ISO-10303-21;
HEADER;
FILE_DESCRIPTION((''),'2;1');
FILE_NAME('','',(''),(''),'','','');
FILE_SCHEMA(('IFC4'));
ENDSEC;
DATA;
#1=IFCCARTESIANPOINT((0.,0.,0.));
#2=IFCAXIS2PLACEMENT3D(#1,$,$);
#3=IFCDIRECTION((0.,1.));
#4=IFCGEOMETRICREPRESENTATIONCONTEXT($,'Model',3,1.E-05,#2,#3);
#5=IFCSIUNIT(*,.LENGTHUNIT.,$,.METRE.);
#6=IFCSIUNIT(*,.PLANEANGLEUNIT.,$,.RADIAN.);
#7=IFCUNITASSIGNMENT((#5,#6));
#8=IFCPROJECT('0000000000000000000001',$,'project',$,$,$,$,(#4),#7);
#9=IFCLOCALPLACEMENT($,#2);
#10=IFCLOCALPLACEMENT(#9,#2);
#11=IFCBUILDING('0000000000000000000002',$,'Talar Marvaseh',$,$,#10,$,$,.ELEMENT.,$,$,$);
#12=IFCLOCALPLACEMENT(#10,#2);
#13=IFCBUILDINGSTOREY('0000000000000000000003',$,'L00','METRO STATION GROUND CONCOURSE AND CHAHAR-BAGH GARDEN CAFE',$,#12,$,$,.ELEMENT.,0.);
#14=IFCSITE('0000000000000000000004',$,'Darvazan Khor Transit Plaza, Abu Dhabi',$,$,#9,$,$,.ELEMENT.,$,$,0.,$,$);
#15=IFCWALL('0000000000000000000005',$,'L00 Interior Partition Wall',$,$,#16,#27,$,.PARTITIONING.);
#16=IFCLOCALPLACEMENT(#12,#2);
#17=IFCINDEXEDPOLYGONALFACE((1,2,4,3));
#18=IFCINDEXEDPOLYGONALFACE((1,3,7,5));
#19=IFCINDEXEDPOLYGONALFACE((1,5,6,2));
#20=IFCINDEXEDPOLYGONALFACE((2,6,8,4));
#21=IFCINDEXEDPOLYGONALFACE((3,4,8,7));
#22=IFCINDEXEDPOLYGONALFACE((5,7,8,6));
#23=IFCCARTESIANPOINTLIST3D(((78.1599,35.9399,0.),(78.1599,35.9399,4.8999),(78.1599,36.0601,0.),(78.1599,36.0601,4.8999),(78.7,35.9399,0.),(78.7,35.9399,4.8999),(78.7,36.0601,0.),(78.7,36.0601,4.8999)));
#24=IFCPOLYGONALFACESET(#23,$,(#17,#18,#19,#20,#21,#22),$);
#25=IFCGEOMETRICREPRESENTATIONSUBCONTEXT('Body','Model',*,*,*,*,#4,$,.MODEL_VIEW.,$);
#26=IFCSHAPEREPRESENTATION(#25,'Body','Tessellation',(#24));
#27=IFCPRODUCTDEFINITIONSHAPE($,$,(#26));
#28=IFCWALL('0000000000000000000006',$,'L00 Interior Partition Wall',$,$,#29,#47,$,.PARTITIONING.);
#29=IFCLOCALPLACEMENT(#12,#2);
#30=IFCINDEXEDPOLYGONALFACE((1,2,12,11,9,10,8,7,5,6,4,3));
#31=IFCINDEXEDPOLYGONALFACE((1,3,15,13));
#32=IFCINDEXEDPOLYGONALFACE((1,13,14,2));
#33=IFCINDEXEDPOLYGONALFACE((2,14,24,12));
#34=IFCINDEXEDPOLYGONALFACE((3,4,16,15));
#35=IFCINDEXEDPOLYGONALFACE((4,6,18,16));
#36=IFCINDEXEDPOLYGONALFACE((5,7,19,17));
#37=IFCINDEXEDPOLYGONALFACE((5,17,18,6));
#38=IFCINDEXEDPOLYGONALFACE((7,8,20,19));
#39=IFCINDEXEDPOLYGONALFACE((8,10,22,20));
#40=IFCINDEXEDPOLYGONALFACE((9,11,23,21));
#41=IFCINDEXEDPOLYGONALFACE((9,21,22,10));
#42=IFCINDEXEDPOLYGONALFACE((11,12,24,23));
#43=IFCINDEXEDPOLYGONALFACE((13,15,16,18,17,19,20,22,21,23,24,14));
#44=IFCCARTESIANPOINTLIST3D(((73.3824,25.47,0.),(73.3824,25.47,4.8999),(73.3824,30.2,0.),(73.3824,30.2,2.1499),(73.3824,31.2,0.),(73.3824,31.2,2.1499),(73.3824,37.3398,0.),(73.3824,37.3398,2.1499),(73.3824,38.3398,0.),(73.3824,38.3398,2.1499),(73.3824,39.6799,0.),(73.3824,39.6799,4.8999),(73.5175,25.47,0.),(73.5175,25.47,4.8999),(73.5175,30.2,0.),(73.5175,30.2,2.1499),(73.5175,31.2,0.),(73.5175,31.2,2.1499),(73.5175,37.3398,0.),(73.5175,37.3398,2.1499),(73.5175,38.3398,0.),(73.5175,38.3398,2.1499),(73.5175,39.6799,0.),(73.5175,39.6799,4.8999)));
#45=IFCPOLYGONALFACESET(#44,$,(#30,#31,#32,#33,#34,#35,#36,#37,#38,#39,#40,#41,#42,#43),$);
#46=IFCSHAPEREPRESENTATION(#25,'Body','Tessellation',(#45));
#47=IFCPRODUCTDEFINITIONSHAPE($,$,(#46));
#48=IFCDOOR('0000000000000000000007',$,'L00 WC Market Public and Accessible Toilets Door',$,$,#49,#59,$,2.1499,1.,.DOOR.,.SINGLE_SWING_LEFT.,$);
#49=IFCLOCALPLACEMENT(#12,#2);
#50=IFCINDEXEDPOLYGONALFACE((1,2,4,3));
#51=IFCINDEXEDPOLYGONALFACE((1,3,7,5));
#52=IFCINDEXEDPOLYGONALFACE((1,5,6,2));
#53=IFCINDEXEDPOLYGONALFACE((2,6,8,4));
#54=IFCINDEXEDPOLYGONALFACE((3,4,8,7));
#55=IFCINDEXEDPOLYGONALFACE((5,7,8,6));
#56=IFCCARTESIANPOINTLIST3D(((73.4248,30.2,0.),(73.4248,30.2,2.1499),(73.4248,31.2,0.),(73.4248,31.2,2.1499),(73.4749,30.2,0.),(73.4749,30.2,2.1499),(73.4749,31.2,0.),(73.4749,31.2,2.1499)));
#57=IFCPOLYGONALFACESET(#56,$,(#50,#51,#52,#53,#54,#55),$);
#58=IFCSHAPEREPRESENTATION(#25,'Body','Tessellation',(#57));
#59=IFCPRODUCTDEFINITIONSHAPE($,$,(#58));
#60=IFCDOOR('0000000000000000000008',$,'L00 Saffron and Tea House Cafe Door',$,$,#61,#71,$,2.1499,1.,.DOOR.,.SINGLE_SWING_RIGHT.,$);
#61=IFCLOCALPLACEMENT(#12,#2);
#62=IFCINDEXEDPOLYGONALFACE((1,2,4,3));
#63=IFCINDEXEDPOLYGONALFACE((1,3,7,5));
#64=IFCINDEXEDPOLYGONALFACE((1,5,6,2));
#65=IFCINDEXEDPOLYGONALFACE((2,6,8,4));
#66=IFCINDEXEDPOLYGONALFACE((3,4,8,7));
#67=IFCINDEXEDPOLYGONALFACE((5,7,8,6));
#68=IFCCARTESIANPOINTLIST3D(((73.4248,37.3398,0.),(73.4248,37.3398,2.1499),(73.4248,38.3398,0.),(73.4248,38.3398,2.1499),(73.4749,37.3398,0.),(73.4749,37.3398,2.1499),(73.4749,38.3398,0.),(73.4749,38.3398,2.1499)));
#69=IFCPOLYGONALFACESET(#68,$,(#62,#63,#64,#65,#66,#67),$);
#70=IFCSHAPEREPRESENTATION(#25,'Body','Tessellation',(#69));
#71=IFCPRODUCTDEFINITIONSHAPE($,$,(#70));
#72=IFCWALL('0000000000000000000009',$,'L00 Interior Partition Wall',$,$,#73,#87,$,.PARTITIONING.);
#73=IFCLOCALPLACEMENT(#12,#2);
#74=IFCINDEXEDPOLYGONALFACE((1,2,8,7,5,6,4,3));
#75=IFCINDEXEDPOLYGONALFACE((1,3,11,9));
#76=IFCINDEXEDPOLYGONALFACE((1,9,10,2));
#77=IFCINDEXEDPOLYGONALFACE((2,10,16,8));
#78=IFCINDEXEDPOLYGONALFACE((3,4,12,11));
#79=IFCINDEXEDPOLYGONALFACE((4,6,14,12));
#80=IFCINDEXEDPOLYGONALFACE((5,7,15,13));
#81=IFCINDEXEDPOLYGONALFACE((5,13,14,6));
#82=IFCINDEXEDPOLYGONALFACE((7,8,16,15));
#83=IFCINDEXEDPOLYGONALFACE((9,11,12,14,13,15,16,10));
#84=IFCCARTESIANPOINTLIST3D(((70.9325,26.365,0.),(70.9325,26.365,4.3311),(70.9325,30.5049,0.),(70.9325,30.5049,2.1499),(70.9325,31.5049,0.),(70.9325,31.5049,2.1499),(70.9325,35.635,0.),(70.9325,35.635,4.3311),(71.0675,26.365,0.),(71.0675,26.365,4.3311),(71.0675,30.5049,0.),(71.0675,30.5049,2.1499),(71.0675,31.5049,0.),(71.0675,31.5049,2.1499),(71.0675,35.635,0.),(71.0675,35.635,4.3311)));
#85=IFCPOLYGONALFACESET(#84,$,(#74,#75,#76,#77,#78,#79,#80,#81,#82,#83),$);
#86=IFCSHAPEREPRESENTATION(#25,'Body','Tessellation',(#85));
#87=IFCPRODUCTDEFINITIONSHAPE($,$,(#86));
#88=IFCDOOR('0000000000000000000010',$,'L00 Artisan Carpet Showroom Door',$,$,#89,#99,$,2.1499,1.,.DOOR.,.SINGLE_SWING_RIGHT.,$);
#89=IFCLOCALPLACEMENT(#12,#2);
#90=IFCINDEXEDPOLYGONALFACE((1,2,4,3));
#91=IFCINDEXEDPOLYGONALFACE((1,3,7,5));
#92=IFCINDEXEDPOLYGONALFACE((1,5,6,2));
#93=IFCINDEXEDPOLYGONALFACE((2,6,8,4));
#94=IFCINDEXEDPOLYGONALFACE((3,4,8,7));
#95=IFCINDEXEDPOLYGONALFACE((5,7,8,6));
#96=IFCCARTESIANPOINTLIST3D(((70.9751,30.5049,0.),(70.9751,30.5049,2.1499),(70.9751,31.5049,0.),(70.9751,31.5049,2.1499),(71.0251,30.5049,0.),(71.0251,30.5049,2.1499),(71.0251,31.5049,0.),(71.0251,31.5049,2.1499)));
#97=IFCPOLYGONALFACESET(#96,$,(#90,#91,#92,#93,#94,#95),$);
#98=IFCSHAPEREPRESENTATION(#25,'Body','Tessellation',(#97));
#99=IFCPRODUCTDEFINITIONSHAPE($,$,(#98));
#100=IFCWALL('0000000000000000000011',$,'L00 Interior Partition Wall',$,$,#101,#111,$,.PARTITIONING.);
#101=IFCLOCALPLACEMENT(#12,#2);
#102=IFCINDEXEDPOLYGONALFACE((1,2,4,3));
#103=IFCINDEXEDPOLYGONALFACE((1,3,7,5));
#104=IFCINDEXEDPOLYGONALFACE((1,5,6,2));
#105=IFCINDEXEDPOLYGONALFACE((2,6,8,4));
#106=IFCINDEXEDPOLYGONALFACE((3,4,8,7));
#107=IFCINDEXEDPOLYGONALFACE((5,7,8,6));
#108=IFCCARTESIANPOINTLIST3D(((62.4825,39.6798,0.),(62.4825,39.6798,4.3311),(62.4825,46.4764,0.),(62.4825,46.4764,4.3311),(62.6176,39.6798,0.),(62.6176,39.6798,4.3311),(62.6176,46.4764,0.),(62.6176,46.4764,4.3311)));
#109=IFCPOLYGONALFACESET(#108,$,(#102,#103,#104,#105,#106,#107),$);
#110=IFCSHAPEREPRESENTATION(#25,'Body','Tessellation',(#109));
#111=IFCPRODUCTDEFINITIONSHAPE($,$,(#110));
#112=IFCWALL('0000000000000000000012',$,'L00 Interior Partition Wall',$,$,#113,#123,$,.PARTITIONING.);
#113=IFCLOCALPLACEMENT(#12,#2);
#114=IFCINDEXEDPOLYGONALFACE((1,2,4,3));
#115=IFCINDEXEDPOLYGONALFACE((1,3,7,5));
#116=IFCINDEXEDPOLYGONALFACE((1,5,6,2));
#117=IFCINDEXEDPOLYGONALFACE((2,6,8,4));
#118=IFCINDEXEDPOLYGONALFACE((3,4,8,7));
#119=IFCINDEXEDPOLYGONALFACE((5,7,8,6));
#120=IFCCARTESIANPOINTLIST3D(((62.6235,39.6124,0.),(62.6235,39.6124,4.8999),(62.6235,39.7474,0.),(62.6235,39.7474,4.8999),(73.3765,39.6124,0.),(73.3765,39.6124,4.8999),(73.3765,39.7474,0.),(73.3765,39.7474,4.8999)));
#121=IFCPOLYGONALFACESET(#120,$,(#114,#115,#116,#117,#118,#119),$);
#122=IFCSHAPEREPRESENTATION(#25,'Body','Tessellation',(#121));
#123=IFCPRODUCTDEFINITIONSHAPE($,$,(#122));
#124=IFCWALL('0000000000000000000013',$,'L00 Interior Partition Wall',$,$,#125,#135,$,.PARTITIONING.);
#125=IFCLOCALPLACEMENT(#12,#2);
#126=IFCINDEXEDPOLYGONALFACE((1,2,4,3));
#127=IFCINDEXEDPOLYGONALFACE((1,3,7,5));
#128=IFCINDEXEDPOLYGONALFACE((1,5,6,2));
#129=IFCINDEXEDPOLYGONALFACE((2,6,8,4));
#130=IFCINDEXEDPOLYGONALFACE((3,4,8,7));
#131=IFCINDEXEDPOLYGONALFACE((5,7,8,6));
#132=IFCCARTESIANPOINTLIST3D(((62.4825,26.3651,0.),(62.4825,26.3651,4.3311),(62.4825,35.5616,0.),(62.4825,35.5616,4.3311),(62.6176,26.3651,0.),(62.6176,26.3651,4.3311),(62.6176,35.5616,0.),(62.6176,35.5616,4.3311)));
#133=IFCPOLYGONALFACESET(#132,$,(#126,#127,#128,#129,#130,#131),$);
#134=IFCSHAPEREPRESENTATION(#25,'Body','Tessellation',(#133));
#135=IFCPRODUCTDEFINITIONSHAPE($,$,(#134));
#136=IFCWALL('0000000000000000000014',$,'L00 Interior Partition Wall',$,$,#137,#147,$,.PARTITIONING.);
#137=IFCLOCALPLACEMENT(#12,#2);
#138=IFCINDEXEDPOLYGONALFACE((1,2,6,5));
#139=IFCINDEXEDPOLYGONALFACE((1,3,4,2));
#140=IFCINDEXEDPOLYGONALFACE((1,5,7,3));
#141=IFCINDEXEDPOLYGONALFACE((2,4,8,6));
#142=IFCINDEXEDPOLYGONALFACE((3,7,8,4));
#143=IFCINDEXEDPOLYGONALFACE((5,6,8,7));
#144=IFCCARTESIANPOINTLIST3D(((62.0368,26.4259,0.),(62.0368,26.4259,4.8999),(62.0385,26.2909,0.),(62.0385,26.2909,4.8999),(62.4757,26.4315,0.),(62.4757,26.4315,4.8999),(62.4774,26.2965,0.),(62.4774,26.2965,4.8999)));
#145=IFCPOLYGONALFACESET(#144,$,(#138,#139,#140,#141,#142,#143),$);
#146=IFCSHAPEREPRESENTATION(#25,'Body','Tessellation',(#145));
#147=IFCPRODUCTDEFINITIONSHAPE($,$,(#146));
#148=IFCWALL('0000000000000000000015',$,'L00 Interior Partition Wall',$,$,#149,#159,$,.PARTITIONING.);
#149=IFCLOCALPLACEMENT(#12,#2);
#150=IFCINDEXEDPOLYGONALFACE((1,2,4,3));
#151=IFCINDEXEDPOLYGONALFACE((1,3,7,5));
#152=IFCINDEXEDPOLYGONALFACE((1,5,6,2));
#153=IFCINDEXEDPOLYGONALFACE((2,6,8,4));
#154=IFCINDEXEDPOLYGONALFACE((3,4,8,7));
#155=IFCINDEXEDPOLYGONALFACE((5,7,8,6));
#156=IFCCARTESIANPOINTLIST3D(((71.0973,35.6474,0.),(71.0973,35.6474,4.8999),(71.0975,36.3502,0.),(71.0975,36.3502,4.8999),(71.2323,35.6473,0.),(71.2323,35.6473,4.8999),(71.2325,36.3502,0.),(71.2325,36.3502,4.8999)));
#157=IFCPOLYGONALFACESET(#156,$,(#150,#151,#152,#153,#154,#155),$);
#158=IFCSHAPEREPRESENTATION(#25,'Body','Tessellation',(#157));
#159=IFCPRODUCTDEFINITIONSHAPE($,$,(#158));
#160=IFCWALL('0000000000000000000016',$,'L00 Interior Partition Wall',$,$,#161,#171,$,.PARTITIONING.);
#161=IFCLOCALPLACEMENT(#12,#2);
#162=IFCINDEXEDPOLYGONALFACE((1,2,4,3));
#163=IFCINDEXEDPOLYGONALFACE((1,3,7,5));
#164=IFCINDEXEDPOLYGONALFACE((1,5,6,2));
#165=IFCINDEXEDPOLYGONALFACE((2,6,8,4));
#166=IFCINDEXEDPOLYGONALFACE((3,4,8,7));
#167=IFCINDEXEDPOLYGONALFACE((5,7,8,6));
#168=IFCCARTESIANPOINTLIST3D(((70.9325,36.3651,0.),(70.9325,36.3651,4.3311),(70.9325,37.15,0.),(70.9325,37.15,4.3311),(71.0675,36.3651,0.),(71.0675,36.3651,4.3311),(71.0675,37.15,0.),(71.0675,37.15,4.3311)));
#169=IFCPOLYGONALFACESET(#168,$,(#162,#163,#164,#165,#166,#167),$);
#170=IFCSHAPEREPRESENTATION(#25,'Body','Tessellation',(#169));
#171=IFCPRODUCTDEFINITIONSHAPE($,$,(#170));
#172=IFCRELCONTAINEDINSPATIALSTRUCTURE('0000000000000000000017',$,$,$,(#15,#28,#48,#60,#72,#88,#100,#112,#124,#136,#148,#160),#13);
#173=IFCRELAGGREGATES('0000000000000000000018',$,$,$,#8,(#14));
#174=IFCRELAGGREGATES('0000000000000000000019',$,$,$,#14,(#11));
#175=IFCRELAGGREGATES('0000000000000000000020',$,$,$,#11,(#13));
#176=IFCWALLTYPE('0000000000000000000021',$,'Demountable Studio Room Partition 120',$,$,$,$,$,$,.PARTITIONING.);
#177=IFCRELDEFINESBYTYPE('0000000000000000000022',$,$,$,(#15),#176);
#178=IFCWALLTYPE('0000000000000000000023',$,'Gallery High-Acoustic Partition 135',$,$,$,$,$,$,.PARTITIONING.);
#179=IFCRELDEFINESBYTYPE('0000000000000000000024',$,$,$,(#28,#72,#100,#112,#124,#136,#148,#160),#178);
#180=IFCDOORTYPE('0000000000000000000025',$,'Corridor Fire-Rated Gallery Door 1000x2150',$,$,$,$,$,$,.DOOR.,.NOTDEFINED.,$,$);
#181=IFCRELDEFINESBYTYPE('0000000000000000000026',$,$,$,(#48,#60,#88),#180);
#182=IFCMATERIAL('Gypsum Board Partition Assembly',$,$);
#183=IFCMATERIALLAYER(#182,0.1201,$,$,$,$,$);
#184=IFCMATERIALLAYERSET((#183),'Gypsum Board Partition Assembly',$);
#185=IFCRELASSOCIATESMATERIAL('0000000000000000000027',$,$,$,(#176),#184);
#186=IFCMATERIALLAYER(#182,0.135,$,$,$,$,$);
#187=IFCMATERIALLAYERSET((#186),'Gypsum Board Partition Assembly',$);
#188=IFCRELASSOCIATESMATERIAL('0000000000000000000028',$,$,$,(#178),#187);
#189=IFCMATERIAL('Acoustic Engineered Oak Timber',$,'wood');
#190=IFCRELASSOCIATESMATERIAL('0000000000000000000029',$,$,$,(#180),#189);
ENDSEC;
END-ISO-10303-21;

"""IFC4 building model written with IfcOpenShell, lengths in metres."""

from ifc_helpers import new_model, si_unit, direction, frame, frame_2d, origin, place, context, subcontext, project, spatial, rectangle, extrude, source, transform, mapped, material, layer, layer_set, type_object, type_shapes, element, fill, save


model = new_model("IFC4")

# Units and contexts
model_context = context("Model", 3, precision=1e-05, world=origin(), true_north=direction((0.0, 1.0)))
body_context = subcontext(model_context, "Body", "Model", "MODEL_VIEW")
ifc_project = project(units=[si_unit("LENGTHUNIT", "METRE"), si_unit("PLANEANGLEUNIT", "RADIAN")], contexts=[model_context])

# Site, building, storey
site_placement = place(None, origin())
site = spatial("IfcSite", under=ifc_project, at=site_placement, Name="Darvazan Khor Transit Plaza, Abu Dhabi", CompositionType="ELEMENT", RefElevation=0.0)
building_placement = place(site_placement, origin())
building = spatial("IfcBuilding", under=site, at=building_placement, Name="Talar Marvaseh", CompositionType="ELEMENT")
storey_placement = place(building_placement, origin())
storey = spatial("IfcBuildingStorey", under=building, at=storey_placement, Name="L00", Description="METRO STATION GROUND CONCOURSE AND CHAHAR-BAGH GARDEN CAFE", CompositionType="ELEMENT", Elevation=0.0)

# Wall
ifc_material_1 = material(Name="Gypsum Board Partition Assembly")
ifc_layer_1 = layer(ifc_material_1, 0.1201)
ifc_layer_set_1 = layer_set([ifc_layer_1], Name="Gypsum Board Partition Assembly")
wall_type_1 = type_object("IfcWallType", Name="Demountable Studio Room Partition 120", PredefinedType="PARTITIONING", material=ifc_layer_set_1)
wall_1_placement = place(storey_placement, frame((78.1599, 36.0, 0.0), z_axis=(0.0, 0.0, 1.0), x_axis=(1.0, 0.0, 0.0)))
element("IfcWall", 1, at=wall_1_placement, inside=storey, type_object=wall_type_1, Name="L00 Interior Partition Wall", PredefinedType="PARTITIONING", context=body_context, shape_type="SweptSolid", body=[
    extrude(rectangle(XDim=0.54, YDim=0.1201, at=frame_2d((0.27, 0.0))), origin(), (0.0, 0.0, 1.0), 4.8999),
])

# Wall, openings, doors
ifc_layer_2 = layer(ifc_material_1, 0.135)
ifc_layer_set_2 = layer_set([ifc_layer_2], Name="Gypsum Board Partition Assembly")
wall_type_2 = type_object("IfcWallType", Name="Gallery High-Acoustic Partition 135", PredefinedType="PARTITIONING", material=ifc_layer_set_2)
wall_2_placement = place(storey_placement, frame((73.45, 39.6799, 0.0), z_axis=(0.0, 0.0, 1.0), x_axis=(0.0, -1.0, 0.0)))
wall_2 = element("IfcWall", 2, at=wall_2_placement, inside=storey, type_object=wall_type_2, Name="L00 Interior Partition Wall", PredefinedType="PARTITIONING", context=body_context, shape_type="SweptSolid", body=[
    extrude(rectangle(XDim=14.21, YDim=0.135, at=frame_2d((7.105, 0.0))), origin(), (0.0, 0.0, 1.0), 4.8999),
])
opening_1_placement = place(wall_2_placement, frame((8.48, 0.0, 0.0)))
opening_1 = element("IfcOpeningElement", 3, at=opening_1_placement, cuts=wall_2, PredefinedType="OPENING", context=body_context, shape_type="SweptSolid", body=[
    extrude(rectangle(XDim=1.0, YDim=2.1499, at=frame_2d((0.5, 1.075))), frame((0.0, 0.0776, 0.0), z_axis=(0.0, -1.0, 0.0), x_axis=(1.0, 0.0, 0.0)), (0.0, 0.0, 1.0), 0.155),
])
opening_2_placement = place(wall_2_placement, frame((1.3401, 0.0, 0.0)))
opening_2 = element("IfcOpeningElement", 4, at=opening_2_placement, cuts=wall_2, PredefinedType="OPENING", context=body_context, shape_type="SweptSolid", body=[
    extrude(rectangle(XDim=1.0, YDim=2.1499, at=frame_2d((0.5, 1.075))), frame((0.0, 0.0776, 0.0), z_axis=(0.0, -1.0, 0.0), x_axis=(1.0, 0.0, 0.0)), (0.0, 0.0, 1.0), 0.155),
])
ifc_material_2 = material(Name="Acoustic Engineered Oak Timber", Category="wood")
door_type = type_object("IfcDoorType", Name="Corridor Fire-Rated Gallery Door 1000x2150", OperationType="NOTDEFINED", PredefinedType="DOOR", material=ifc_material_2)
shared_shape = source(origin(), body_context, "Body", "SweptSolid", [
    extrude(rectangle(XDim=1.0, YDim=2.1499, at=frame_2d((0.5, 1.075))), frame((0.0, 0.0249, 0.0), z_axis=(0.0, -1.0, 0.0), x_axis=(1.0, 0.0, 0.0)), (0.0, 0.0, 1.0), 0.05),
])
type_shapes(door_type, [shared_shape])
door_1_placement = place(opening_1_placement, origin())
door_1 = element("IfcDoor", 5, at=door_1_placement, inside=storey, type_object=door_type, Name="L00 WC Market Public and Accessible Toilets Door", OperationType="SINGLE_SWING_LEFT", OverallHeight=2.1499, OverallWidth=1.0, PredefinedType="DOOR", context=body_context, shape_type="MappedRepresentation", body=[
    mapped(shared_shape, transform((0.0, 0.0, 0.0), x_axis=(1.0, 0.0, 0.0), y_axis=(0.0, 1.0, 0.0), z_axis=(0.0, 0.0, 1.0), scale=1.0)),
])
fill(opening_1, door_1)
door_2_placement = place(opening_2_placement, origin())
door_2 = element("IfcDoor", 6, at=door_2_placement, inside=storey, type_object=door_type, Name="L00 Saffron and Tea House Cafe Door", OperationType="SINGLE_SWING_RIGHT", OverallHeight=2.1499, OverallWidth=1.0, PredefinedType="DOOR", context=body_context, shape_type="MappedRepresentation", body=[
    mapped(shared_shape, transform((0.0, 0.0, 0.0), x_axis=(1.0, 0.0, 0.0), y_axis=(0.0, 1.0, 0.0), z_axis=(0.0, 0.0, 1.0), scale=1.0)),
])
fill(opening_2, door_2)

# Wall, opening, door
wall_3_placement = place(storey_placement, frame((71.0, 26.365, 0.0), z_axis=(0.0, 0.0, 1.0), x_axis=(0.0, 1.0, 0.0)))
wall_3 = element("IfcWall", 7, at=wall_3_placement, inside=storey, type_object=wall_type_2, Name="L00 Interior Partition Wall", PredefinedType="PARTITIONING", context=body_context, shape_type="SweptSolid", body=[
    extrude(rectangle(XDim=9.27, YDim=0.135, at=frame_2d((4.635, 0.0))), origin(), (0.0, 0.0, 1.0), 4.3311),
])
opening_3_placement = place(wall_3_placement, frame((4.1399, 0.0, 0.0)))
opening_3 = element("IfcOpeningElement", 8, at=opening_3_placement, cuts=wall_3, PredefinedType="OPENING", context=body_context, shape_type="SweptSolid", body=[
    extrude(rectangle(XDim=1.0, YDim=2.1499, at=frame_2d((0.5, 1.075))), frame((0.0, 0.0776, 0.0), z_axis=(0.0, -1.0, 0.0), x_axis=(1.0, 0.0, 0.0)), (0.0, 0.0, 1.0), 0.155),
])
door_3_placement = place(opening_3_placement, origin())
door_3 = element("IfcDoor", 9, at=door_3_placement, inside=storey, type_object=door_type, Name="L00 Artisan Carpet Showroom Door", OperationType="SINGLE_SWING_RIGHT", OverallHeight=2.1499, OverallWidth=1.0, PredefinedType="DOOR", context=body_context, shape_type="MappedRepresentation", body=[
    mapped(shared_shape, transform((0.0, 0.0, 0.0), x_axis=(1.0, 0.0, 0.0), y_axis=(0.0, 1.0, 0.0), z_axis=(0.0, 0.0, 1.0), scale=1.0)),
])
fill(opening_3, door_3)

# Walls
wall_4_placement = place(storey_placement, frame((62.55, 46.4766, 0.0), z_axis=(0.0, 0.0, 1.0), x_axis=(0.0, -1.0, 0.0)))
element("IfcWall", 10, at=wall_4_placement, inside=storey, type_object=wall_type_2, Name="L00 Interior Partition Wall", PredefinedType="PARTITIONING", context=body_context, shape_type="SweptSolid", body=[
    extrude(rectangle(XDim=6.7966, YDim=0.135, at=frame_2d((3.3984, 0.0))), origin(), (0.0, 0.0, 1.0), 4.3311),
])
wall_5_placement = place(storey_placement, frame((62.6235, 39.6799, 0.0), z_axis=(0.0, 0.0, 1.0), x_axis=(1.0, 0.0, 0.0)))
element("IfcWall", 11, at=wall_5_placement, inside=storey, type_object=wall_type_2, Name="L00 Interior Partition Wall", PredefinedType="PARTITIONING", context=body_context, shape_type="SweptSolid", body=[
    extrude(rectangle(XDim=10.7529, YDim=0.135, at=frame_2d((5.3765, 0.0))), origin(), (0.0, 0.0, 1.0), 4.8999),
])
wall_6_placement = place(storey_placement, frame((62.55, 35.5615, 0.0), z_axis=(0.0, 0.0, 1.0), x_axis=(0.0, -1.0, 0.0)))
element("IfcWall", 12, at=wall_6_placement, inside=storey, type_object=wall_type_2, Name="L00 Interior Partition Wall", PredefinedType="PARTITIONING", context=body_context, shape_type="SweptSolid", body=[
    extrude(rectangle(XDim=9.1965, YDim=0.135, at=frame_2d((4.5981, 0.0))), origin(), (0.0, 0.0, 1.0), 4.3311),
])
wall_7_placement = place(storey_placement, frame((62.4766, 26.364, 0.0), z_axis=(0.0, 0.0, 1.0), x_axis=(-0.999918, -0.012791, 0.0)))
element("IfcWall", 13, at=wall_7_placement, inside=storey, type_object=wall_type_2, Name="L00 Interior Partition Wall", PredefinedType="PARTITIONING", context=body_context, shape_type="SweptSolid", body=[
    extrude(rectangle(XDim=0.439, YDim=0.135, at=frame_2d((0.2195, 0.0))), origin(), (0.0, 0.0, 1.0), 4.8999),
])
wall_8_placement = place(storey_placement, frame((71.1648, 35.6472, 0.0), z_axis=(0.0, 0.0, 1.0), x_axis=(0.000347, 1.0, 0.0)))
element("IfcWall", 14, at=wall_8_placement, inside=storey, type_object=wall_type_2, Name="L00 Interior Partition Wall", PredefinedType="PARTITIONING", context=body_context, shape_type="SweptSolid", body=[
    extrude(rectangle(XDim=0.7029, YDim=0.135, at=frame_2d((0.3516, 0.0))), origin(), (0.0, 0.0, 1.0), 4.8999),
])
wall_9_placement = place(storey_placement, frame((71.0, 36.365, 0.0), z_axis=(0.0, 0.0, 1.0), x_axis=(0.0, 1.0, 0.0)))
element("IfcWall", 15, at=wall_9_placement, inside=storey, type_object=wall_type_2, Name="L00 Interior Partition Wall", PredefinedType="PARTITIONING", context=body_context, shape_type="SweptSolid", body=[
    extrude(rectangle(XDim=0.7849, YDim=0.135, at=frame_2d((0.3926, 0.0))), origin(), (0.0, 0.0, 1.0), 4.3311),
])

save(model, "model.ifc")
